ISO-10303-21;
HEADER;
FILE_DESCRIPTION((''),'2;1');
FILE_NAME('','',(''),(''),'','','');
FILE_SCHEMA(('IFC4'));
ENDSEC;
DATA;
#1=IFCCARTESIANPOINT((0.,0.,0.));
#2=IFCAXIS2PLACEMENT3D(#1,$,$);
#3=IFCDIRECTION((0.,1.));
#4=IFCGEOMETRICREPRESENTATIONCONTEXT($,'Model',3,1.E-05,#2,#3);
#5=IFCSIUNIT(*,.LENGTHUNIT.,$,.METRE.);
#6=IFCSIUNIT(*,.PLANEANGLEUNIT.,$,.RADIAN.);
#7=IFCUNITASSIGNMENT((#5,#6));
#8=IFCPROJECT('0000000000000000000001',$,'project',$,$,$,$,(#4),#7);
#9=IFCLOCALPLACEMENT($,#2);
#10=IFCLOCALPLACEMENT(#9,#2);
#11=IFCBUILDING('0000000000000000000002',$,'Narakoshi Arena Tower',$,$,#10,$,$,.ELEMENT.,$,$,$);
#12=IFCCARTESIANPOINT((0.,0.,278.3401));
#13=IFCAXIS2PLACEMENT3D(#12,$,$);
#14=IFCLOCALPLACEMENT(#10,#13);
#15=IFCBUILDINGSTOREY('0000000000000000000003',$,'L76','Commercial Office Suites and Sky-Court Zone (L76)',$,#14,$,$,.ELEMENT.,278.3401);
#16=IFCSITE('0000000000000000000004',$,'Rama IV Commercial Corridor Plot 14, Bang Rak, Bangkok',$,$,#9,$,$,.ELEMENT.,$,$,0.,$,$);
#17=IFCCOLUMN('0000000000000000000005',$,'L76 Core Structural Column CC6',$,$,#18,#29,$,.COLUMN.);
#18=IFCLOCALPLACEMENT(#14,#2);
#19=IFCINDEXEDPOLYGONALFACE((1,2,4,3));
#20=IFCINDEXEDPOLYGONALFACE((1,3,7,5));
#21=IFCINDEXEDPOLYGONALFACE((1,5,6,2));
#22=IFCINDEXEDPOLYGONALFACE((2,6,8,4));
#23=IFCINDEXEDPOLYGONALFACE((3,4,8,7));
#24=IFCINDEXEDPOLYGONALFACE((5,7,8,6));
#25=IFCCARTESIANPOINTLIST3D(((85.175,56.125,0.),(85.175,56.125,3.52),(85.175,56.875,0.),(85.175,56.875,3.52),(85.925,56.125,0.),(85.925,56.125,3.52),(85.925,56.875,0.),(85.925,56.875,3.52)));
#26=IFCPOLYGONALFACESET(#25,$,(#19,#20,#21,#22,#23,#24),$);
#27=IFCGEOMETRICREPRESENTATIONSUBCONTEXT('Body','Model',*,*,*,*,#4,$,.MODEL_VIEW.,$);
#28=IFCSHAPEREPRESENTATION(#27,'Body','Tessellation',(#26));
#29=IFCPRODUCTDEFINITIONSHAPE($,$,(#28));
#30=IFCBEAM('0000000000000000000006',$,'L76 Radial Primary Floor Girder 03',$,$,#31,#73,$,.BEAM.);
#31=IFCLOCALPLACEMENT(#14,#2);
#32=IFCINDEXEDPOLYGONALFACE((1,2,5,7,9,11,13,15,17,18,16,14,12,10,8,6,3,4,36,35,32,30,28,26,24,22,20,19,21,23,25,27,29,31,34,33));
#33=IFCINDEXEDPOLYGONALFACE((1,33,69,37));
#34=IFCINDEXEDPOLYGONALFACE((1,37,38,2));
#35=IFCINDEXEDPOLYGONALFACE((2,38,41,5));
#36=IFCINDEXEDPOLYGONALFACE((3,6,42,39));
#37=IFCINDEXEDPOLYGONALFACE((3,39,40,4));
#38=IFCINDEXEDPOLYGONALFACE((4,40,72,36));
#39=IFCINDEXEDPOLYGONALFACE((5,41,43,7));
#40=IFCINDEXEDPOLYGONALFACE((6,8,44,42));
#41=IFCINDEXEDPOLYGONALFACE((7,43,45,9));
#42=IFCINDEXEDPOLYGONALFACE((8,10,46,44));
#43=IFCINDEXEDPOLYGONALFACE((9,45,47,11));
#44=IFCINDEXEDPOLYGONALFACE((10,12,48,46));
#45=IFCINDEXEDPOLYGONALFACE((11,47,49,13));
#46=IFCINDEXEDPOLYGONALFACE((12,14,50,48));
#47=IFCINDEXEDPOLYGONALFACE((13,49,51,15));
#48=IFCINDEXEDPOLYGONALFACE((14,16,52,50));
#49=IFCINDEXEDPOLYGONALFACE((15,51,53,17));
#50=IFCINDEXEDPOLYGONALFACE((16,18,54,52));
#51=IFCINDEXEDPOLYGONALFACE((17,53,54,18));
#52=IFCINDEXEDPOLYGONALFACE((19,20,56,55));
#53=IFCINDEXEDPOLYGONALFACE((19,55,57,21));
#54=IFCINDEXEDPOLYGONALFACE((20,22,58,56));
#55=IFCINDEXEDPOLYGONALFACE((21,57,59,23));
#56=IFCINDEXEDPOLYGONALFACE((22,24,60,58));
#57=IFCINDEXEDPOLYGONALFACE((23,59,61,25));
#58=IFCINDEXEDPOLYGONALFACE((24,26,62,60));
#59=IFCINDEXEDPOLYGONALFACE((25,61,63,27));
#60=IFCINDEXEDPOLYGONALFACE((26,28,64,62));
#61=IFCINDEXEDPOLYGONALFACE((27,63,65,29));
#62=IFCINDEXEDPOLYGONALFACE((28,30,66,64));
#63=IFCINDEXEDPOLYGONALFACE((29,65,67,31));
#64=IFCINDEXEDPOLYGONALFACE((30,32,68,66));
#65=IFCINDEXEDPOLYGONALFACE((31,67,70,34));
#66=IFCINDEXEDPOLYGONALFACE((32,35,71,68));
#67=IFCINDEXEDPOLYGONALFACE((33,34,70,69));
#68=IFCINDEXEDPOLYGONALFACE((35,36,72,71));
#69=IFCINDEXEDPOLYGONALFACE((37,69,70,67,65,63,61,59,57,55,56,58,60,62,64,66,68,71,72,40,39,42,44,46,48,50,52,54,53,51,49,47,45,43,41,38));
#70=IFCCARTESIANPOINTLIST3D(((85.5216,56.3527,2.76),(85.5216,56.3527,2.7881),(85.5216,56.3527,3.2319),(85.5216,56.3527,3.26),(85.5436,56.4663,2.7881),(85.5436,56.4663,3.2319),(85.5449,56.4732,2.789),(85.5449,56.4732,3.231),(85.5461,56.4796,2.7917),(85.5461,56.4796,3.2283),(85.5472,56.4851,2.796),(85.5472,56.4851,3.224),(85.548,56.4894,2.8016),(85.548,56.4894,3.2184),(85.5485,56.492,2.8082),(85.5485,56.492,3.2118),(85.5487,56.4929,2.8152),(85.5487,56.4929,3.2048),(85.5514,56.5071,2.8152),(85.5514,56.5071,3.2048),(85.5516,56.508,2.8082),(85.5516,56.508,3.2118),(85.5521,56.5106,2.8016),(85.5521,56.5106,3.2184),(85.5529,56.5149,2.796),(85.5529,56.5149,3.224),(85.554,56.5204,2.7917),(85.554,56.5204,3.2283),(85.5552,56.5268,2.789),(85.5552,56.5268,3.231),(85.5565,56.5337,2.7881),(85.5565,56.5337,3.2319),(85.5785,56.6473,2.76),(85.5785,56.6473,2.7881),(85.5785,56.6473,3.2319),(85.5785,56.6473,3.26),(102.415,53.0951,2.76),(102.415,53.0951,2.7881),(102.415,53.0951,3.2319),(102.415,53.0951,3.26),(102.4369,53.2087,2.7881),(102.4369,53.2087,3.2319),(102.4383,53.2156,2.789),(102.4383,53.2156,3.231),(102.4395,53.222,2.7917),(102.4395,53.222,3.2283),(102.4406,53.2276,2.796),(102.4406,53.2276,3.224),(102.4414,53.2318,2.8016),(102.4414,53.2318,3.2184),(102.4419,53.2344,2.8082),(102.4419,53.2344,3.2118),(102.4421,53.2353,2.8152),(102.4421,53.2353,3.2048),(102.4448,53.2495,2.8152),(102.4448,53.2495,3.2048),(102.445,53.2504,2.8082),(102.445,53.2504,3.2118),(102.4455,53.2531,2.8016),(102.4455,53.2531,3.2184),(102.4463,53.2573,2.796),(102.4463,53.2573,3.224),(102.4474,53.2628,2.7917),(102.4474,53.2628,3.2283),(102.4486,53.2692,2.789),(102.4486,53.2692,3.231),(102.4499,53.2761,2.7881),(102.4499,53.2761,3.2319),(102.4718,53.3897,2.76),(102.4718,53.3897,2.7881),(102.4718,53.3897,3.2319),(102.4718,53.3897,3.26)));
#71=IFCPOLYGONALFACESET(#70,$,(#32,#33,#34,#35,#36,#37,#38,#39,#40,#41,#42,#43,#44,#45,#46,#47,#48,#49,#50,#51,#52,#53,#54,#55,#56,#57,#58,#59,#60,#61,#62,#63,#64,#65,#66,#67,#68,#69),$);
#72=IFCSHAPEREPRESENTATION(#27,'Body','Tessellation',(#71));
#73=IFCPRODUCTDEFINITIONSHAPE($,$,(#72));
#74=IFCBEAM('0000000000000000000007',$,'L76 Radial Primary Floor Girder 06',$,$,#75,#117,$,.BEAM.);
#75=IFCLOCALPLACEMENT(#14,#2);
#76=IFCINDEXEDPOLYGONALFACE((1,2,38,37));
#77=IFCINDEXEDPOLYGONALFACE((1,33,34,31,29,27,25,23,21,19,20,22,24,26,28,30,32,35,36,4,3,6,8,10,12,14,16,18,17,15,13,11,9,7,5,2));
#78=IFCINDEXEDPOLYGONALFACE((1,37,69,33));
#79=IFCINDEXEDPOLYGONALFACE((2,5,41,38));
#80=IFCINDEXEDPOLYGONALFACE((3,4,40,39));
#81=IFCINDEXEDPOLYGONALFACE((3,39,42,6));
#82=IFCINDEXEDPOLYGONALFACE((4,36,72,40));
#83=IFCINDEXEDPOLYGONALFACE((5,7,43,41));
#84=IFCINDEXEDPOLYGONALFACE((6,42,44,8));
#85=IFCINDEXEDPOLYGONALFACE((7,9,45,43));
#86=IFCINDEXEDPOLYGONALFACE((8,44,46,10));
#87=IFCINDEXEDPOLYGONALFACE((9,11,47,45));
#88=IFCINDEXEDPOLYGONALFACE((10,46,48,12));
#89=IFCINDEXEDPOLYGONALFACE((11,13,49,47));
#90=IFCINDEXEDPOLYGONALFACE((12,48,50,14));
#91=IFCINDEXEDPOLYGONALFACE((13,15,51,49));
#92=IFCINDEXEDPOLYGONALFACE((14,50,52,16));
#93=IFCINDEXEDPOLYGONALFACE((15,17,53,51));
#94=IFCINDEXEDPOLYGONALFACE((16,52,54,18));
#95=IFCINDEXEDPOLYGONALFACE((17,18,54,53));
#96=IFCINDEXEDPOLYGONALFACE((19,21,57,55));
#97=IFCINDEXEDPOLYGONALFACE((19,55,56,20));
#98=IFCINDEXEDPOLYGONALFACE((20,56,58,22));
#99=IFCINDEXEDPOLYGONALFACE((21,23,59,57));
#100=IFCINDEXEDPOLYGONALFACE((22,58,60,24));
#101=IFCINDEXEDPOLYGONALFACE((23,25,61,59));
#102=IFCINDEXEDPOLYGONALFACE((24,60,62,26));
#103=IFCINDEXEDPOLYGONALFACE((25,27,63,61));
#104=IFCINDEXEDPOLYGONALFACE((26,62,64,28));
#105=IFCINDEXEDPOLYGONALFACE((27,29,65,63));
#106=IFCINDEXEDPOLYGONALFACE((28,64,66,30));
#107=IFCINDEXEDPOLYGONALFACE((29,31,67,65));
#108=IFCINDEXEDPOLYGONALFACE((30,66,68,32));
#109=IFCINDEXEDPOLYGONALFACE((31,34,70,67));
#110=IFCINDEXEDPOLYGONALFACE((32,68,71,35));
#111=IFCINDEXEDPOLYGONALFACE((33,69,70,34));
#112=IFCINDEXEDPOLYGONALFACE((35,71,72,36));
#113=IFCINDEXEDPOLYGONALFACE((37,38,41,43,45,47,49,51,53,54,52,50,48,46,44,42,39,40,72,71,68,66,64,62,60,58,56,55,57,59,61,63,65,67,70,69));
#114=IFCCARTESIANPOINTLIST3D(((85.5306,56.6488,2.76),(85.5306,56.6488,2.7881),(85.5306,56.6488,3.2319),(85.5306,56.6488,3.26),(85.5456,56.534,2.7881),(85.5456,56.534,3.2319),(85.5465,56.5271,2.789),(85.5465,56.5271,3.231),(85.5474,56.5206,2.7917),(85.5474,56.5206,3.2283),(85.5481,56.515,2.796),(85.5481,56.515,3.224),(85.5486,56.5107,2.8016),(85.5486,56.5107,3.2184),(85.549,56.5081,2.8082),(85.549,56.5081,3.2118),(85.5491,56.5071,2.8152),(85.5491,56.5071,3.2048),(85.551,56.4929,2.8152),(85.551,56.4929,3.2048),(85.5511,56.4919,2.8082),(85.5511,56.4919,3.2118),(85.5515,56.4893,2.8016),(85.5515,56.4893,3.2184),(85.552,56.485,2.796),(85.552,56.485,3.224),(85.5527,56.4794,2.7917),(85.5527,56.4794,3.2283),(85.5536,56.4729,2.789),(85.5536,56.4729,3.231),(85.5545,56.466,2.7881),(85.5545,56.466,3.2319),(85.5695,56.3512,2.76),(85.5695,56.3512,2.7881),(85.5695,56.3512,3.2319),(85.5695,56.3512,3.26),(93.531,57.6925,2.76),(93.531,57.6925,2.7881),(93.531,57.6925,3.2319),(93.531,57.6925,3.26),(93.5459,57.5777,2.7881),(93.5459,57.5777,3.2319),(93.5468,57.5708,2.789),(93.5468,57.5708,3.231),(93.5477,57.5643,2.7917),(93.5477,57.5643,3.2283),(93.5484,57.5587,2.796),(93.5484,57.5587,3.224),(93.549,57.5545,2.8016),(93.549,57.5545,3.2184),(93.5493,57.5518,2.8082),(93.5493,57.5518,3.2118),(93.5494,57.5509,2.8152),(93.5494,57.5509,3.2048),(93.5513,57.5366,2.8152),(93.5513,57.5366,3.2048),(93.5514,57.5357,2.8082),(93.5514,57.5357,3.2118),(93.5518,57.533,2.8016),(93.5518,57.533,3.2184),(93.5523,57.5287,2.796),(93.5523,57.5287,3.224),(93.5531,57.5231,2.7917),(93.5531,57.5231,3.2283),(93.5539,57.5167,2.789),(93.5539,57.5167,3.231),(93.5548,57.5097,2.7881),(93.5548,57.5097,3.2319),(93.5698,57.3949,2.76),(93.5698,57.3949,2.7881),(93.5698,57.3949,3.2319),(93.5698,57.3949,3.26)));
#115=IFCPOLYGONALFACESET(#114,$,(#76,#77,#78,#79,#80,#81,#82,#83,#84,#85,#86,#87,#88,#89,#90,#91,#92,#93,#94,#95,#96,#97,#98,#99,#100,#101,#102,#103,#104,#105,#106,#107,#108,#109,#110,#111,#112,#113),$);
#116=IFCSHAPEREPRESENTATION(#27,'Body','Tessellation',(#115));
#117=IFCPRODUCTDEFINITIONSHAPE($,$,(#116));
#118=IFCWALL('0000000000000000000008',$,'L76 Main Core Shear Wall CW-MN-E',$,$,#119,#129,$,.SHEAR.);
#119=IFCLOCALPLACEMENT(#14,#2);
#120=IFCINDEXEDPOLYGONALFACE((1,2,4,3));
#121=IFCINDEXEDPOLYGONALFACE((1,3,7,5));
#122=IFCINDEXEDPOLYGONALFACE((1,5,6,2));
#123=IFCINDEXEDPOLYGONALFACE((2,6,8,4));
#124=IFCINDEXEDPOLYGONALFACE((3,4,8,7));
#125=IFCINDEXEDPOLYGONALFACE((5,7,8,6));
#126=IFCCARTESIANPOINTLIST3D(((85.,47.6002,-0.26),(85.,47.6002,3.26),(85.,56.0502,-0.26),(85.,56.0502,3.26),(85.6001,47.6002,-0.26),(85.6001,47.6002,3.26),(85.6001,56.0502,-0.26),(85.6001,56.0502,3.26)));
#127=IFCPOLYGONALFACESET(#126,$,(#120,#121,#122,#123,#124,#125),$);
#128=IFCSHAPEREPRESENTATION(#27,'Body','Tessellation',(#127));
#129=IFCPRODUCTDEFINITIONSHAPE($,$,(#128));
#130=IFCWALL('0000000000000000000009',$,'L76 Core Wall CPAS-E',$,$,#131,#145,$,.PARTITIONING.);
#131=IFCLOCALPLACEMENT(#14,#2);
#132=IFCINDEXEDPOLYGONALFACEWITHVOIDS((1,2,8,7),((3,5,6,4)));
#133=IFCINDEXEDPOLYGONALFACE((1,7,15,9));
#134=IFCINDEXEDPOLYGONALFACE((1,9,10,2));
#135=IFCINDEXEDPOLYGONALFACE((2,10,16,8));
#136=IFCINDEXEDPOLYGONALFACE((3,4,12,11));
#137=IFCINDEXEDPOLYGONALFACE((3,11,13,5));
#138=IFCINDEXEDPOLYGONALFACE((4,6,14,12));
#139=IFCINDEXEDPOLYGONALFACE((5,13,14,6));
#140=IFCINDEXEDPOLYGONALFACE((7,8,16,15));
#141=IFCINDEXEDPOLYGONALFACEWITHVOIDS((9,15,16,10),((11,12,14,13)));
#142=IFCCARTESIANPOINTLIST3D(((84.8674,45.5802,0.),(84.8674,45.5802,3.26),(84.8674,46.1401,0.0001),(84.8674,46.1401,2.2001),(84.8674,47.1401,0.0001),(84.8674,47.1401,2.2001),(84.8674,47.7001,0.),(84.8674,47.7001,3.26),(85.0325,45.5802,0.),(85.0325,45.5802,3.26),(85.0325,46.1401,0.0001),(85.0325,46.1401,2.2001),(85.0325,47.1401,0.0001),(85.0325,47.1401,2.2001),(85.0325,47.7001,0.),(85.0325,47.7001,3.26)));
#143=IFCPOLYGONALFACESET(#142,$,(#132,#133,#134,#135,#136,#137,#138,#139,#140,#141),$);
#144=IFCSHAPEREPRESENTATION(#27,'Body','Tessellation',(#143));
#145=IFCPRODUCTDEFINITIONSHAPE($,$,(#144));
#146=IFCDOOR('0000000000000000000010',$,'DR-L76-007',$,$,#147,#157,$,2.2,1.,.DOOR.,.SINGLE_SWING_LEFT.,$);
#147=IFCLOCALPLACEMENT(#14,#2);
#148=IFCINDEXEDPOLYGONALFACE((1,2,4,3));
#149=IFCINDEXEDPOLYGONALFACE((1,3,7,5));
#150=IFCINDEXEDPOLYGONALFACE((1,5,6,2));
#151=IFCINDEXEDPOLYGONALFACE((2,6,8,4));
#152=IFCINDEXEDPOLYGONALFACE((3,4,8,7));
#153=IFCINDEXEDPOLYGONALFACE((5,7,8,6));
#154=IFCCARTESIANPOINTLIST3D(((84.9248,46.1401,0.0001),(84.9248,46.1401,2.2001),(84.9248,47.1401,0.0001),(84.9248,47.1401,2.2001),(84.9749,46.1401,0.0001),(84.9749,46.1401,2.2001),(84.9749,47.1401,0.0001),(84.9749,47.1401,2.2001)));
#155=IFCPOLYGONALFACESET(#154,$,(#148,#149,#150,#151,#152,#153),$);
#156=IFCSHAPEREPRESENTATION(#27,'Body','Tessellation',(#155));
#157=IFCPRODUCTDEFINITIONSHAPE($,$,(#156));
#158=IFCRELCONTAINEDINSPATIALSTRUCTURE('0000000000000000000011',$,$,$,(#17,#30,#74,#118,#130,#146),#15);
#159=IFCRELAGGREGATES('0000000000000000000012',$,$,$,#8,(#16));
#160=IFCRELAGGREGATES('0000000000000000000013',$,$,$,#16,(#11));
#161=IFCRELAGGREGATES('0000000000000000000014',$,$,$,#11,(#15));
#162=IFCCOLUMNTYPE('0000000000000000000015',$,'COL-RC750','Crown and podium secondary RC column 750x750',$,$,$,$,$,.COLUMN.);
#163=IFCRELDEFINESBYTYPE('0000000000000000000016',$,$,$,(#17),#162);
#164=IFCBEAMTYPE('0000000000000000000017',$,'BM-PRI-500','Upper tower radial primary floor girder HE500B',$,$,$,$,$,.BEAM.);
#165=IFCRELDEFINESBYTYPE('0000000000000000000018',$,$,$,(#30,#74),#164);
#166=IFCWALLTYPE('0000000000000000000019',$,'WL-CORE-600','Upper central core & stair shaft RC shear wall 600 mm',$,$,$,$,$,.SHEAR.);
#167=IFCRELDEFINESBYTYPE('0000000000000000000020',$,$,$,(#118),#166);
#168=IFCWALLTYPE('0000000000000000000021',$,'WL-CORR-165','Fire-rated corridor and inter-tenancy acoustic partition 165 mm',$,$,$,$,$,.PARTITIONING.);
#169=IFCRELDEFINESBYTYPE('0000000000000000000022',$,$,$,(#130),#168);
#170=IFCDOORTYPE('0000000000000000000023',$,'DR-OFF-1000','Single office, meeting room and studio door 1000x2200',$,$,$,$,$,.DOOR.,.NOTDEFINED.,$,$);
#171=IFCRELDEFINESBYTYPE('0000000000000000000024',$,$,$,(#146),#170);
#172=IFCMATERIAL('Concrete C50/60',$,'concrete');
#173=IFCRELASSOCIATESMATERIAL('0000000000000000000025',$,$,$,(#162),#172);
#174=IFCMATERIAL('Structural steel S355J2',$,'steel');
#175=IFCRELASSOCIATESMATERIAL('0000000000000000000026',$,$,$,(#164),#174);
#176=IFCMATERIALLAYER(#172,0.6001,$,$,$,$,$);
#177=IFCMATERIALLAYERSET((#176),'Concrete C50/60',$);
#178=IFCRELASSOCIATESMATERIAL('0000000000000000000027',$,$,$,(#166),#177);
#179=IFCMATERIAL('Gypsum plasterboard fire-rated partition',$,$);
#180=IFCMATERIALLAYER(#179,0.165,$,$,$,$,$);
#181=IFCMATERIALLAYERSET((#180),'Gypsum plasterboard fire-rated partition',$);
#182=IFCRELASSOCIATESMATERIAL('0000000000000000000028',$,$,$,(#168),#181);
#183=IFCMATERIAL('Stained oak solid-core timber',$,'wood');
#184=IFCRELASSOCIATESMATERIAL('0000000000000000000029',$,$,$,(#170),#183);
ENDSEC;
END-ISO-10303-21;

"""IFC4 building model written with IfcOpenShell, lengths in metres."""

from ifc_helpers import new_model, si_unit, direction, frame, frame_2d, origin, origin_2d, place, context, subcontext, project, spatial, rectangle, i_section, extrude, material, layer, layer_set, material_profile, profile_set, type_object, element, fill, save


model = new_model("IFC4")

# Units and contexts
model_context = context("Model", 3, precision=1e-05, world=origin(), true_north=direction((0.0, 1.0)))
body_context = subcontext(model_context, "Body", "Model", "MODEL_VIEW")
ifc_project = project(units=[si_unit("LENGTHUNIT", "METRE"), si_unit("PLANEANGLEUNIT", "RADIAN")], contexts=[model_context])

# Site, building, storey
site_placement = place(None, origin())
site = spatial("IfcSite", under=ifc_project, at=site_placement, Name="Rama IV Commercial Corridor Plot 14, Bang Rak, Bangkok", CompositionType="ELEMENT", RefElevation=0.0)
building_placement = place(site_placement, origin())
building = spatial("IfcBuilding", under=site, at=building_placement, Name="Narakoshi Arena Tower", CompositionType="ELEMENT")
storey_placement = place(building_placement, frame((0.0, 0.0, 278.3401)))
storey = spatial("IfcBuildingStorey", under=building, at=storey_placement, Name="L76", Description="Commercial Office Suites and Sky-Court Zone (L76)", CompositionType="ELEMENT", Elevation=278.3401)

# Column
ifc_material_1 = material(Name="Concrete C50/60", Category="concrete")
ifc_material_profile_1 = material_profile(ifc_material_1, rectangle(XDim=0.75, YDim=0.75, at=origin_2d()), Name="RC750x750")
ifc_profile_set_1 = profile_set([ifc_material_profile_1], Name="Concrete C50/60")
column_type = type_object("IfcColumnType", Name="COL-RC750", Description="Crown and podium secondary RC column 750x750", PredefinedType="COLUMN", material=ifc_profile_set_1)
column_placement = place(storey_placement, frame((85.55, 56.5, 0.0), z_axis=(0.0, 0.0, 1.0), x_axis=(1.0, 0.0, 0.0)))
element("IfcColumn", 1, at=column_placement, inside=storey, type_object=column_type, Name="L76 Core Structural Column CC6", PredefinedType="COLUMN", context=body_context, shape_type="SweptSolid", body=[
    extrude(rectangle(XDim=0.75, YDim=0.75, at=origin_2d()), origin(), (0.0, 0.0, 1.0), 3.52),
])

# Beams
ifc_material_2 = material(Name="Structural steel S355J2", Category="steel")
ifc_material_profile_2 = material_profile(ifc_material_2, i_section(OverallWidth=0.3, OverallDepth=0.5, WebThickness=0.0144, FlangeThickness=0.0281, FilletRadius=0.0271, at=origin_2d()), Name="HE500B")
ifc_profile_set_2 = profile_set([ifc_material_profile_2], Name="Structural steel S355J2")
beam_type = type_object("IfcBeamType", Name="BM-PRI-500", Description="Upper tower radial primary floor girder HE500B", PredefinedType="BEAM", material=ifc_profile_set_2)
beam_1_placement = place(storey_placement, frame((85.55, 56.5, 3.01), z_axis=(0.981911, -0.189344, 0.0), x_axis=(0.189344, 0.981911, 0.0)))
element("IfcBeam", 2, at=beam_1_placement, inside=storey, type_object=beam_type, Name="L76 Radial Primary Floor Girder 03", PredefinedType="BEAM", context=body_context, shape_type="SweptSolid", body=[
    extrude(i_section(OverallWidth=0.3, OverallDepth=0.5, WebThickness=0.0144, FlangeThickness=0.0281, FilletRadius=0.0271, at=origin_2d()), origin(), (0.0, 0.0, 1.0), 17.2046),
])
beam_2_placement = place(storey_placement, frame((85.55, 56.5, 3.01), z_axis=(0.991597, 0.129362, 0.0), x_axis=(-0.129362, 0.991597, 0.0)))
element("IfcBeam", 3, at=beam_2_placement, inside=storey, type_object=beam_type, Name="L76 Radial Primary Floor Girder 06", PredefinedType="BEAM", context=body_context, shape_type="SweptSolid", body=[
    extrude(i_section(OverallWidth=0.3, OverallDepth=0.5, WebThickness=0.0144, FlangeThickness=0.0281, FilletRadius=0.0271, at=origin_2d()), origin(), (0.0, 0.0, 1.0), 8.0681),
])

# Wall
ifc_layer_1 = layer(ifc_material_1, 0.6001)
ifc_layer_set_1 = layer_set([ifc_layer_1], Name="Concrete C50/60")
wall_type_1 = type_object("IfcWallType", Name="WL-CORE-600", Description="Upper central core & stair shaft RC shear wall 600 mm", PredefinedType="SHEAR", material=ifc_layer_set_1)
wall_1_placement = place(storey_placement, frame((85.3, 47.6001, -0.26), z_axis=(0.0, 0.0, 1.0), x_axis=(0.0, 1.0, 0.0)))
element("IfcWall", 4, at=wall_1_placement, inside=storey, type_object=wall_type_1, Name="L76 Main Core Shear Wall CW-MN-E", PredefinedType="SHEAR", context=body_context, shape_type="SweptSolid", body=[
    extrude(rectangle(XDim=8.45, YDim=0.6001, at=frame_2d((4.2251, 0.0))), origin(), (0.0, 0.0, 1.0), 3.52),
])

# Wall, opening, door
ifc_material_3 = material(Name="Gypsum plasterboard fire-rated partition")
ifc_layer_2 = layer(ifc_material_3, 0.165)
ifc_layer_set_2 = layer_set([ifc_layer_2], Name="Gypsum plasterboard fire-rated partition")
wall_type_2 = type_object("IfcWallType", Name="WL-CORR-165", Description="Fire-rated corridor and inter-tenancy acoustic partition 165 mm", PredefinedType="PARTITIONING", material=ifc_layer_set_2)
wall_2_placement = place(storey_placement, frame((84.95, 45.5801, 0.0), z_axis=(0.0, 0.0, 1.0), x_axis=(0.0, 1.0, 0.0)))
wall_2 = element("IfcWall", 5, at=wall_2_placement, inside=storey, type_object=wall_type_2, Name="L76 Core Wall CPAS-E", PredefinedType="PARTITIONING", context=body_context, shape_type="SweptSolid", body=[
    extrude(rectangle(XDim=2.1199, YDim=0.165, at=frame_2d((1.0601, 0.0))), origin(), (0.0, 0.0, 1.0), 3.26),
])
opening_1_placement = place(wall_2_placement, frame((0.5601, 0.0, 0.0)))
opening_1 = element("IfcOpeningElement", 6, at=opening_1_placement, cuts=wall_2, PredefinedType="OPENING", context=body_context, shape_type="SweptSolid", body=[
    extrude(rectangle(XDim=1.0, YDim=2.2, at=frame_2d((0.5, 1.1001))), frame((0.0, 0.0925, 0.0), z_axis=(0.0, -1.0, 0.0), x_axis=(1.0, 0.0, 0.0)), (0.0, 0.0, 1.0), 0.1851),
])
ifc_material_4 = material(Name="Stained oak solid-core timber", Category="wood")
door_type_1 = type_object("IfcDoorType", Name="DR-OFF-1000", Description="Single office, meeting room and studio door 1000x2200", OperationType="NOTDEFINED", PredefinedType="DOOR", material=ifc_material_4)
door_1_placement = place(opening_1_placement, frame((1.0, 0.0, 0.0), z_axis=(0.0, 0.0, 1.0), x_axis=(-1.0, 0.0, 0.0)))
door_1 = element("IfcDoor", 7, at=door_1_placement, inside=storey, type_object=door_type_1, Name="DR-L76-007", OperationType="SINGLE_SWING_LEFT", OverallHeight=2.2, OverallWidth=1.0, PredefinedType="DOOR", context=body_context, shape_type="SweptSolid", body=[
    extrude(rectangle(XDim=1.0, YDim=2.2, at=frame_2d((0.5, 1.1001))), frame((0.0, 0.0249, 0.0), z_axis=(0.0, -1.0, 0.0), x_axis=(1.0, 0.0, 0.0)), (0.0, 0.0, 1.0), 0.05),
])
fill(opening_1, door_1)

save(model, "model.ifc")
